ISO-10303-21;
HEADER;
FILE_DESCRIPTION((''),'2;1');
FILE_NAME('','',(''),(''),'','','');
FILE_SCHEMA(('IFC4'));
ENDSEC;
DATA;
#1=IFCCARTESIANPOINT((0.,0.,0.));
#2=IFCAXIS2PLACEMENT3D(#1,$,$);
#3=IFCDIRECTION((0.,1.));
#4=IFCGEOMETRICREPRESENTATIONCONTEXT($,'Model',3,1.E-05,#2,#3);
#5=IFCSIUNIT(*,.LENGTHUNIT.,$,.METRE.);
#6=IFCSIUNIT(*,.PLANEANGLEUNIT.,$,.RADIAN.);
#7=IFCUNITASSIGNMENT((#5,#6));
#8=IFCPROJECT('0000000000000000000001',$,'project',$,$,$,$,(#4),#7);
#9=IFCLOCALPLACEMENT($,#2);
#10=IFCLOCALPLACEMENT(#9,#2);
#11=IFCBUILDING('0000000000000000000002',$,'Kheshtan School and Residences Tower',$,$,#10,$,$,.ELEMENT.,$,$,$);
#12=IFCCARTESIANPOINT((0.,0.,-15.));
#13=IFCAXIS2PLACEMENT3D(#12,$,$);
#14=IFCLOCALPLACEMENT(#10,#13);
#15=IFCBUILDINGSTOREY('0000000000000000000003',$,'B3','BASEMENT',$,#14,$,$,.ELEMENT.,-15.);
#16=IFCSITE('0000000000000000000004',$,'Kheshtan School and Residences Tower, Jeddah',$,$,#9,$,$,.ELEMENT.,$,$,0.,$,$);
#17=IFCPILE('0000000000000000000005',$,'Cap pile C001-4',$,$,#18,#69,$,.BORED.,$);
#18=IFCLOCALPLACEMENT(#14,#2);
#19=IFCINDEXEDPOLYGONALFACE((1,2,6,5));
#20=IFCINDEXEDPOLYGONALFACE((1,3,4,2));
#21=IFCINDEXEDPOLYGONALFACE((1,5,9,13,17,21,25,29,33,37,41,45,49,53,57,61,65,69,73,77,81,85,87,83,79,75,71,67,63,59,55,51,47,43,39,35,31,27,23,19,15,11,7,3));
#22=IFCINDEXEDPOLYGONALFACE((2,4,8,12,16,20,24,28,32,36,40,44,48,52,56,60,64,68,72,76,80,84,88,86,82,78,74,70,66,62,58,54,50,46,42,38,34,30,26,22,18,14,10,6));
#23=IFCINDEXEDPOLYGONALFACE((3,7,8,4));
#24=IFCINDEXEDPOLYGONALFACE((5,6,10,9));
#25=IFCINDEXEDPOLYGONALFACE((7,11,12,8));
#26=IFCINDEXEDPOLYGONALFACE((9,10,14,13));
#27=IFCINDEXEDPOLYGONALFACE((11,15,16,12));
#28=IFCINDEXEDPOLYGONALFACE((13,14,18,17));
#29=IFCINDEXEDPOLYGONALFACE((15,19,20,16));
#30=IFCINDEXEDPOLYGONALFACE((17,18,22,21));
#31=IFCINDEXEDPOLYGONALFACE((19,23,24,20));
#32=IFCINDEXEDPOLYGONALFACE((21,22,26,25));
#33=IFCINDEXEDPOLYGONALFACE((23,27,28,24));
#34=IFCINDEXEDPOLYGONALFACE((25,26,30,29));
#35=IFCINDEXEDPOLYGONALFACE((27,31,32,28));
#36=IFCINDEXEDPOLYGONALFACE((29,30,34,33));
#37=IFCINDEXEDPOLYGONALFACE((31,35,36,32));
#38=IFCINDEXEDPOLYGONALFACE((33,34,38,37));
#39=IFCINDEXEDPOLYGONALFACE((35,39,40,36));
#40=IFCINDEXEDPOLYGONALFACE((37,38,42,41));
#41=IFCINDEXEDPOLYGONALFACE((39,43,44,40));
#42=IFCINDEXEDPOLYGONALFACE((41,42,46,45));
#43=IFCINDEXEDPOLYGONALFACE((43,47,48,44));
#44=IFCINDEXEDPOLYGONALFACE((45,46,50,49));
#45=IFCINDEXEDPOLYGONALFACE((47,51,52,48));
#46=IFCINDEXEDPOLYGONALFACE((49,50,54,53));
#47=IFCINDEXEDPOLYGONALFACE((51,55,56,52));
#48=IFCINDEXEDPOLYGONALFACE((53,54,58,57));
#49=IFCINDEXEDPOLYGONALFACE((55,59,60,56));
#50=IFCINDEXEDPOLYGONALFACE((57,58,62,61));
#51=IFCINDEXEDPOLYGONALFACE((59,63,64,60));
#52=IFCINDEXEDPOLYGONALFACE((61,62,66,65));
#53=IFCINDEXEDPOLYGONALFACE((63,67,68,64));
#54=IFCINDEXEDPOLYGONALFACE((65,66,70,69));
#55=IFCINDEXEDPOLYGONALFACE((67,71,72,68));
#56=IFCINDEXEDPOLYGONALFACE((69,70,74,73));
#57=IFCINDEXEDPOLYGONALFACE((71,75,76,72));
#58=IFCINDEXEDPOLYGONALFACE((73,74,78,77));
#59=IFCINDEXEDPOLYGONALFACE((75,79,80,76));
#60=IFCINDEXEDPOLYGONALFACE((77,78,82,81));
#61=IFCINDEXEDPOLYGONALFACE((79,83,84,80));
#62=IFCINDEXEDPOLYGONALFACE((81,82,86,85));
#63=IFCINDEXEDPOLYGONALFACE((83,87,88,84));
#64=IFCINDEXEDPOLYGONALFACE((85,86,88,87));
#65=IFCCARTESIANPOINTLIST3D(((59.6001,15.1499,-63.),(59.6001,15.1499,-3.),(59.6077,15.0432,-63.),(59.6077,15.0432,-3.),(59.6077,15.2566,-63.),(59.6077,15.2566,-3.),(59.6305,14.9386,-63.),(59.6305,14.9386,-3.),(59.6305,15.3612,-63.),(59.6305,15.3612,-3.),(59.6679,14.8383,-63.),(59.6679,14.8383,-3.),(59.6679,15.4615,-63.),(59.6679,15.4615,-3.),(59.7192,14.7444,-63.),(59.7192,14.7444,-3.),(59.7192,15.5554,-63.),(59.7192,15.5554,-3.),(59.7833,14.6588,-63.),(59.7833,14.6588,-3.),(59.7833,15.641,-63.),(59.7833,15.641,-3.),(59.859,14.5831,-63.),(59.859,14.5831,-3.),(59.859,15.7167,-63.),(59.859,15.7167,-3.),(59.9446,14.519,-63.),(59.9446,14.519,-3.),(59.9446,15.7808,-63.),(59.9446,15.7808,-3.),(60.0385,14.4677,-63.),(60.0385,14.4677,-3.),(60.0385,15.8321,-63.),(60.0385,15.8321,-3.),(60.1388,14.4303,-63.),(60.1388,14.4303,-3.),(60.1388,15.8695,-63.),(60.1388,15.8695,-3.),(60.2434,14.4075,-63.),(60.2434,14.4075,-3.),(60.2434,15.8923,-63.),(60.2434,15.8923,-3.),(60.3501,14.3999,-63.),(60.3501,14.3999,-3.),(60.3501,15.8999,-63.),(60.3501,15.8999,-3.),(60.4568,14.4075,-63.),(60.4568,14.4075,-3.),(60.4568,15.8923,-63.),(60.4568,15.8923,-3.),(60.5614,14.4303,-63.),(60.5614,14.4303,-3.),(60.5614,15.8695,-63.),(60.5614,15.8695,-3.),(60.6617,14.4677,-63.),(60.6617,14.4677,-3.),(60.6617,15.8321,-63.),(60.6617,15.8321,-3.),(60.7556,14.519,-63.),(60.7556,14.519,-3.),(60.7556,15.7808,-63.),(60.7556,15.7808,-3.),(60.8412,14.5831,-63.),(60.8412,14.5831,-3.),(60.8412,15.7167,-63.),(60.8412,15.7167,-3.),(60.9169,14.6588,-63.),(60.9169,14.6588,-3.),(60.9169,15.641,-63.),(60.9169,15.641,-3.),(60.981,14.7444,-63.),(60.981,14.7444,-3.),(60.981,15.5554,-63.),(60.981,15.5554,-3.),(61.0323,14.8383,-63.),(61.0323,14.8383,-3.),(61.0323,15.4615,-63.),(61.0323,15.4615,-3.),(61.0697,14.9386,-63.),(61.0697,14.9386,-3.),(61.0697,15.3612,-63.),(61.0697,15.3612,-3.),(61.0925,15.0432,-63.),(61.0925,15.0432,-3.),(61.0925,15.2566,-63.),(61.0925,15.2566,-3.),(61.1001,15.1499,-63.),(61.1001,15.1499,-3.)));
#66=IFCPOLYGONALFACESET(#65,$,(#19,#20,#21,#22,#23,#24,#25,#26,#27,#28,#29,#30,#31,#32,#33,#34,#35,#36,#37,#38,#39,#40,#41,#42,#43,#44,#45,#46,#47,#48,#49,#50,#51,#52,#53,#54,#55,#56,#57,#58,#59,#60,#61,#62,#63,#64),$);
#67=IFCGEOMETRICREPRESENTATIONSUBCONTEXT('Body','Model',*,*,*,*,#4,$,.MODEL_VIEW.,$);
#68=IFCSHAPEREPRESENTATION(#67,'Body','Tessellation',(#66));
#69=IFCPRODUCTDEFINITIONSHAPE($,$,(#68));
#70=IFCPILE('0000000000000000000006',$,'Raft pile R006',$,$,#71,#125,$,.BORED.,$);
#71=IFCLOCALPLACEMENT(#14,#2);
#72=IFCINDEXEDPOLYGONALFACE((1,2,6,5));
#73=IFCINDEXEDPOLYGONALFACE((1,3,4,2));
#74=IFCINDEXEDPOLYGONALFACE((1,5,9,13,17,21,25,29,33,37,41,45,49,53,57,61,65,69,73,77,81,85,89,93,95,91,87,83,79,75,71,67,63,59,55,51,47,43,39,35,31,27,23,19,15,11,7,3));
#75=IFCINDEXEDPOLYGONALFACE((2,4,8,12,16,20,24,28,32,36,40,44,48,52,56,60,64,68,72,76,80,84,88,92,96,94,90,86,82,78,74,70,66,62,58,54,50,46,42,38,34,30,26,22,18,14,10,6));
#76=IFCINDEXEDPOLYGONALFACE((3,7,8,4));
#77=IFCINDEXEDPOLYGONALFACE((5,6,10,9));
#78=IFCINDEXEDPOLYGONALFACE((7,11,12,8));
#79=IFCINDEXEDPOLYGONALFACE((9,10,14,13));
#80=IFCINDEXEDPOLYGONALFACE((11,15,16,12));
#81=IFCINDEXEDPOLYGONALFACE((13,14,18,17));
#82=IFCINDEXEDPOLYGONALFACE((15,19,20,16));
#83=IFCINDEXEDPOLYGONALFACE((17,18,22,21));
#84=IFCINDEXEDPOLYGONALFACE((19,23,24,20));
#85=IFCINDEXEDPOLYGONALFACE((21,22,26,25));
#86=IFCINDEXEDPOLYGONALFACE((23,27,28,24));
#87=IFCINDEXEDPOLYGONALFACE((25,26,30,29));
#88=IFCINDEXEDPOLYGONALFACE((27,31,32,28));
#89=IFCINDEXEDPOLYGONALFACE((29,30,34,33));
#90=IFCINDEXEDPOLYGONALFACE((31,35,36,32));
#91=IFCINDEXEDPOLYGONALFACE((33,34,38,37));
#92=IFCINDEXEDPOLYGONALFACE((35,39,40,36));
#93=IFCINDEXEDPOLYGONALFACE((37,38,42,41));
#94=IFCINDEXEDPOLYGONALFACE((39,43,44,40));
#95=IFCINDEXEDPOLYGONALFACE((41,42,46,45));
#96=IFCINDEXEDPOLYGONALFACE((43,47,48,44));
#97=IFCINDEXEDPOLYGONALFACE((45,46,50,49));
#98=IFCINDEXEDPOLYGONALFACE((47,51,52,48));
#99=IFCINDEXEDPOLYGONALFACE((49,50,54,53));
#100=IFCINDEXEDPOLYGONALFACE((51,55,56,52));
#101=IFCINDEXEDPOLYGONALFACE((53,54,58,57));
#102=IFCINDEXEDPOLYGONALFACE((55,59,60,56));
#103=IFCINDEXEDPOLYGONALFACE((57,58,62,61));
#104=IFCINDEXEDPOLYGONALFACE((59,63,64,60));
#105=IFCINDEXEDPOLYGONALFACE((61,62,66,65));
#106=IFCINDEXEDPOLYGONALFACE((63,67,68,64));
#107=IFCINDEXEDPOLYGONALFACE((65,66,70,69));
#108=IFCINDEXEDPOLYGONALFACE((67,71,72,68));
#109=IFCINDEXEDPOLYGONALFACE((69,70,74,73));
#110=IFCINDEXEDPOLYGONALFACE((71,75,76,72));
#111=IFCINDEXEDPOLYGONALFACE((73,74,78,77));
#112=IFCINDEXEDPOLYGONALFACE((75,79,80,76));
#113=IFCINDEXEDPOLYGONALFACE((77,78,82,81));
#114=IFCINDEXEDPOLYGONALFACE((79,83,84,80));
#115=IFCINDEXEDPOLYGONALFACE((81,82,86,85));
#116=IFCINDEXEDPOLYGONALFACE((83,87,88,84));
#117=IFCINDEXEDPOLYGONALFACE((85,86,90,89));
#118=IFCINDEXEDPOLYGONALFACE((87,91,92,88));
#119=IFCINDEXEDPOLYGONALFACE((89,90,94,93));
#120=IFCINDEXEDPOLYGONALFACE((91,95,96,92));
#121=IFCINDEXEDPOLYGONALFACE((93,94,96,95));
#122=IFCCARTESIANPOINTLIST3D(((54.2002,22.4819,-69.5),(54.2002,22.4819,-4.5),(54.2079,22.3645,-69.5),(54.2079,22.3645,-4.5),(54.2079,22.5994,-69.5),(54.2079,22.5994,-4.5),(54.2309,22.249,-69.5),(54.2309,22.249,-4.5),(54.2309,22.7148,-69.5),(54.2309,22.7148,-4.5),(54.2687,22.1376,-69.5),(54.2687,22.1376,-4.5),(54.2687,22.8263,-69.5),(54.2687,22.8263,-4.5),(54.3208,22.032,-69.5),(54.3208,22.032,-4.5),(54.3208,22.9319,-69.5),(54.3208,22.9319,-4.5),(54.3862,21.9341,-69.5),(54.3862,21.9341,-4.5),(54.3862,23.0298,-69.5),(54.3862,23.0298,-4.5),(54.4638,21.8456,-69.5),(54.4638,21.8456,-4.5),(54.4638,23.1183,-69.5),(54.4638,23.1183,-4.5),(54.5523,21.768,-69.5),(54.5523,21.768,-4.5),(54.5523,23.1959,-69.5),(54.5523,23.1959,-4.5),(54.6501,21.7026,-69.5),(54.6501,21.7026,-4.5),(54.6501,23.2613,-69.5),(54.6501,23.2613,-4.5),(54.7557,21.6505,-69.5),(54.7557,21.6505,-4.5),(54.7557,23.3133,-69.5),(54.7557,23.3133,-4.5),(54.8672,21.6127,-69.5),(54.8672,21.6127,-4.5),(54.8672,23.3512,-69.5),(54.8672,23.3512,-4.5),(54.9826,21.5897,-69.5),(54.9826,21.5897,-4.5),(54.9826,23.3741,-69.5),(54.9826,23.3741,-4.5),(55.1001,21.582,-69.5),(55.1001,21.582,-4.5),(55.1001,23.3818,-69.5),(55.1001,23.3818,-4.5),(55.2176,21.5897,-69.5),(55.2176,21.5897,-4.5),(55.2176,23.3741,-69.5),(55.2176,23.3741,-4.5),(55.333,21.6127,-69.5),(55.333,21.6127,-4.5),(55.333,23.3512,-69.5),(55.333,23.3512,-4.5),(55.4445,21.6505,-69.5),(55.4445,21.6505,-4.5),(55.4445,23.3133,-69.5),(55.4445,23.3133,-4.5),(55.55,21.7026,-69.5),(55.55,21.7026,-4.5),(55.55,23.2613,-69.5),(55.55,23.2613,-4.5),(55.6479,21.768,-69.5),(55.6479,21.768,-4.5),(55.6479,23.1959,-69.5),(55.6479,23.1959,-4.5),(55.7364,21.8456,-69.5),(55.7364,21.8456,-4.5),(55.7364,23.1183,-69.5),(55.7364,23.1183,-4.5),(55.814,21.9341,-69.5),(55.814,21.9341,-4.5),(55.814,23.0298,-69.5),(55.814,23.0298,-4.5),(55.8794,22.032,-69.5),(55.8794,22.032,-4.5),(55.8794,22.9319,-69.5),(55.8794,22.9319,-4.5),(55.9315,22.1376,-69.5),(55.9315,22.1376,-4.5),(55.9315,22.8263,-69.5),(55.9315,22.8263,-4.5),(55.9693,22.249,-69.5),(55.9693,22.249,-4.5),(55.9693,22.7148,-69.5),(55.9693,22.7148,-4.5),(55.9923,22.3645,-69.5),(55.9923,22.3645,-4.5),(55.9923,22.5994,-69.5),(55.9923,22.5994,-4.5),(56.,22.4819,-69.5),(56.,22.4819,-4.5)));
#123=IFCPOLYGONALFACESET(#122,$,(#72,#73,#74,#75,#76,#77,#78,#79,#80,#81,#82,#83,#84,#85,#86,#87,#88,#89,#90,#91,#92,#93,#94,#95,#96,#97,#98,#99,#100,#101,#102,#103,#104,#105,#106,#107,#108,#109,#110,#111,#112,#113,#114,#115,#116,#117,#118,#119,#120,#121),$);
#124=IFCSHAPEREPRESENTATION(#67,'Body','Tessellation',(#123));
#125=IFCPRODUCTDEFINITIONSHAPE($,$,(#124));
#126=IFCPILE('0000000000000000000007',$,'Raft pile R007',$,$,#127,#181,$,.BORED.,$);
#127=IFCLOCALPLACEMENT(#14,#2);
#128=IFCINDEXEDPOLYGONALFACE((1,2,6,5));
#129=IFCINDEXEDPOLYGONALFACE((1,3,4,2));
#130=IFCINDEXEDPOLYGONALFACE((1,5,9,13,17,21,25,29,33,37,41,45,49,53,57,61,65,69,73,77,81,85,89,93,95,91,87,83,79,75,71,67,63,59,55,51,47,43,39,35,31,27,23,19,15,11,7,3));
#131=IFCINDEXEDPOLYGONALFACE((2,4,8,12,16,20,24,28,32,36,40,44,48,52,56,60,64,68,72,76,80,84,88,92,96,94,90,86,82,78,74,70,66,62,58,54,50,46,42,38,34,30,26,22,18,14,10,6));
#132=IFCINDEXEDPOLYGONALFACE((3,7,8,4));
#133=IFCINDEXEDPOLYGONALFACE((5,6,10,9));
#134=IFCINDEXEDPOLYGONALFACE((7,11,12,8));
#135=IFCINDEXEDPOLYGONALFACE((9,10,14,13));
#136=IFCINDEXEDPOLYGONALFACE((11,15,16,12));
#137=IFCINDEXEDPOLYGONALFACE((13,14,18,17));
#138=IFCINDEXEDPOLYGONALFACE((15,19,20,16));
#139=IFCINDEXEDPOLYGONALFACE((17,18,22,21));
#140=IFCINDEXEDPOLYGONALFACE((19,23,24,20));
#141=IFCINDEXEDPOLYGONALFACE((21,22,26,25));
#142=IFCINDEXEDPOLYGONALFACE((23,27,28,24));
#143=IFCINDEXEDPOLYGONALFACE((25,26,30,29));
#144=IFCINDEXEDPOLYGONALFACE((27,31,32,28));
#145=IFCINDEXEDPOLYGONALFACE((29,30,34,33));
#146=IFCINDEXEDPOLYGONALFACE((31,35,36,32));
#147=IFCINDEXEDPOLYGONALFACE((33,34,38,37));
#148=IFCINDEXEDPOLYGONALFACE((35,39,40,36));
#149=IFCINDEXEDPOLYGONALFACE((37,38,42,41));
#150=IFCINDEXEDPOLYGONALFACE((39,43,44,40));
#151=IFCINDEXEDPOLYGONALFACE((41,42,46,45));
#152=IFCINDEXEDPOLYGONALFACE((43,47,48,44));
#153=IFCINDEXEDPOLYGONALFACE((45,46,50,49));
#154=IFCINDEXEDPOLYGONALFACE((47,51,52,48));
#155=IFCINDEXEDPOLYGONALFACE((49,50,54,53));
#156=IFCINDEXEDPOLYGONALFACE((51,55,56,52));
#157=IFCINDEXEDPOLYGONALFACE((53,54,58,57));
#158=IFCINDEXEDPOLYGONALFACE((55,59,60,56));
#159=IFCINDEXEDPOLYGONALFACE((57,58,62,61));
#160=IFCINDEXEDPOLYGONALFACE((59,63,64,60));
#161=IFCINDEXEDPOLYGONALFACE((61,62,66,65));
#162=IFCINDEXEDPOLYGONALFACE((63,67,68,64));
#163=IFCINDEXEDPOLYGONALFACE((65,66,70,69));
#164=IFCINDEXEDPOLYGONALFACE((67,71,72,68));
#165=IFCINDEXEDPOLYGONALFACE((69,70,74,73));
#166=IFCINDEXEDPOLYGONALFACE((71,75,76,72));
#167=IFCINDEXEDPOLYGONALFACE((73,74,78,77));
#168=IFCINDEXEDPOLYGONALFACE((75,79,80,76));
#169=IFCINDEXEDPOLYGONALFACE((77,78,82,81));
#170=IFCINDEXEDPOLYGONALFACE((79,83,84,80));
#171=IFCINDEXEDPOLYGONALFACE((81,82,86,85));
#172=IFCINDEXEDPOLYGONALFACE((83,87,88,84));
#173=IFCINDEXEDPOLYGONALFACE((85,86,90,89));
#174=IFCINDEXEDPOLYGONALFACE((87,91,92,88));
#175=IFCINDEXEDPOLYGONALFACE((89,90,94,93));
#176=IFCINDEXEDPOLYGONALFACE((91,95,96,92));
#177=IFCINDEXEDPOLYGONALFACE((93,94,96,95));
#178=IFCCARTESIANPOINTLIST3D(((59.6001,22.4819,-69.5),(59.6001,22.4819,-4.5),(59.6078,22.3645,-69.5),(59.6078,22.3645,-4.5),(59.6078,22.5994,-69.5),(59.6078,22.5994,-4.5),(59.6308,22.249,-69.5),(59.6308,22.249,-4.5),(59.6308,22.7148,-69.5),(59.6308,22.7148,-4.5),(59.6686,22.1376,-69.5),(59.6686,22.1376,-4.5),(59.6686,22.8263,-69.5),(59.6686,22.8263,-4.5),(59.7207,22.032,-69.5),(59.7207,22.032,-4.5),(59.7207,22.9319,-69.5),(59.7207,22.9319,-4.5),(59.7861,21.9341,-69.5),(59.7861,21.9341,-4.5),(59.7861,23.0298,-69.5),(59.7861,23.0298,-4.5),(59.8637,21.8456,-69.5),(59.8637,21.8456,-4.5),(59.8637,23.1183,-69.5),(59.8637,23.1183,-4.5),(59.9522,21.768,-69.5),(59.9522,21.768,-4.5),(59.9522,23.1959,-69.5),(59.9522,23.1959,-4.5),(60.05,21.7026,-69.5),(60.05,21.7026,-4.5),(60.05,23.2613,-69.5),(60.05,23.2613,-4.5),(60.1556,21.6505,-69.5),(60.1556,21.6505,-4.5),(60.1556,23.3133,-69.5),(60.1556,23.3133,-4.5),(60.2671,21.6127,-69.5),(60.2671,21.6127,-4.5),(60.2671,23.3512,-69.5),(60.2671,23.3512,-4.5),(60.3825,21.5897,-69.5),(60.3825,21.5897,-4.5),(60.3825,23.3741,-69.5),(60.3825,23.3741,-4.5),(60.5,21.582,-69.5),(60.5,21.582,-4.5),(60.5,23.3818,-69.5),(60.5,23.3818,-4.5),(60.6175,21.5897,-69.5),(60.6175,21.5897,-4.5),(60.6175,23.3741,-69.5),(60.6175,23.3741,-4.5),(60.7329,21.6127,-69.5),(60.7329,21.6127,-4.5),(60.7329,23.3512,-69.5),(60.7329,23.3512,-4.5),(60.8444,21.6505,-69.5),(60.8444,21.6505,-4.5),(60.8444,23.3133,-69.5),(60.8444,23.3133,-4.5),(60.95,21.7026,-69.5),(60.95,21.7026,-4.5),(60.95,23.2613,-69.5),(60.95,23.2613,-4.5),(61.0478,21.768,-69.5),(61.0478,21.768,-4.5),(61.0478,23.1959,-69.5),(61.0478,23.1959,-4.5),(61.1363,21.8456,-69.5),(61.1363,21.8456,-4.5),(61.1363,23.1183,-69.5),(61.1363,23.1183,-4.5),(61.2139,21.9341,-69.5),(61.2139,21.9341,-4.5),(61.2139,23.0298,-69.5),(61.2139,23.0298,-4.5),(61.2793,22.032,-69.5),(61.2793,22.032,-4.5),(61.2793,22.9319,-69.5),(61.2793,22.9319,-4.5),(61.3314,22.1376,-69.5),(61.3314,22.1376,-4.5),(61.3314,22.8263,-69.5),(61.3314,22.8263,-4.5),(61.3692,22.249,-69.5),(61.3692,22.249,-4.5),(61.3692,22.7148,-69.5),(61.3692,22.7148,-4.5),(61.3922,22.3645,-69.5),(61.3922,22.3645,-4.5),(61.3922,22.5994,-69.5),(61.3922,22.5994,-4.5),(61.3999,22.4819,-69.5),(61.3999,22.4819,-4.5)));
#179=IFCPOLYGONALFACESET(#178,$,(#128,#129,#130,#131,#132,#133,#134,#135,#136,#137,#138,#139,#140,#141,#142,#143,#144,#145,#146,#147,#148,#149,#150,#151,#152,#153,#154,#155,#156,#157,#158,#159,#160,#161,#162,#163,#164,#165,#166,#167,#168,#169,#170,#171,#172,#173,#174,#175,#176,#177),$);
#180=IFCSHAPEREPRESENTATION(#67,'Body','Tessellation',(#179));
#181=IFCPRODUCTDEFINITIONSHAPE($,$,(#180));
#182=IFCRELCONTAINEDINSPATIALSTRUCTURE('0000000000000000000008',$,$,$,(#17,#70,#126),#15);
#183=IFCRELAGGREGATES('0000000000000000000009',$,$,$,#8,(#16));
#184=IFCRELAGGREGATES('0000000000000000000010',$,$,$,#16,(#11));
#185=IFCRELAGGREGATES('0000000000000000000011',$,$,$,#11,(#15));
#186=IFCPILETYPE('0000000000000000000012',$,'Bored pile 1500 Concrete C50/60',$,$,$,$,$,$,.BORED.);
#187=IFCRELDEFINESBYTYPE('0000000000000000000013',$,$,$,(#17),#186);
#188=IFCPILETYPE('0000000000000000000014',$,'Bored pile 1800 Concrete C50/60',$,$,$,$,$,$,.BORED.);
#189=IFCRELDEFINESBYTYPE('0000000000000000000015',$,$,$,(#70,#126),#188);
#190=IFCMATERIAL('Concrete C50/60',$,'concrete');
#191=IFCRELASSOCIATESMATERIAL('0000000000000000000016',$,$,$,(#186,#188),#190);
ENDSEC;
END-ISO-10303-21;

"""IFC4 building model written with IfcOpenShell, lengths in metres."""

from ifc_helpers import new_model, si_unit, direction, frame, origin, origin_2d, place, context, subcontext, project, spatial, circle, extrude, material, material_profile, profile_set, type_object, element, save


model = new_model("IFC4")

# Units and contexts
model_context = context("Model", 3, precision=1e-05, world=origin(), true_north=direction((0.0, 1.0)))
body_context = subcontext(model_context, "Body", "Model", "MODEL_VIEW")
ifc_project = project(units=[si_unit("LENGTHUNIT", "METRE"), si_unit("PLANEANGLEUNIT", "RADIAN")], contexts=[model_context])

# Site, building, storey
site_placement = place(None, origin())
site = spatial("IfcSite", under=ifc_project, at=site_placement, Name="Kheshtan School and Residences Tower, Jeddah", CompositionType="ELEMENT", RefElevation=0.0)
building_placement = place(site_placement, origin())
building = spatial("IfcBuilding", under=site, at=building_placement, Name="Kheshtan School and Residences Tower", CompositionType="ELEMENT")
storey_placement = place(building_placement, frame((0.0, 0.0, -15.0)))
storey = spatial("IfcBuildingStorey", under=building, at=storey_placement, Name="B3", Description="BASEMENT", CompositionType="ELEMENT", Elevation=-15.0)

# Piles
ifc_material_1 = material(Name="Concrete C50/60", Category="concrete")
ifc_material_profile_1 = material_profile(ifc_material_1, circle(Radius=0.75, at=origin_2d()), Name="BP 1500")
ifc_profile_set_1 = profile_set([ifc_material_profile_1], Name="Concrete C50/60")
pile_type_1 = type_object("IfcPileType", Name="Bored pile 1500 Concrete C50/60", PredefinedType="BORED", material=ifc_profile_set_1)
for number, where, z_axis, x_axis, name in (
    (1, (60.3501, 15.1499, -3.0), (0.0, 0.0, -1.0), (1.0, 0.0, 0.0), "Cap pile C001-4"),
):
    element("IfcPile", number, at=place(storey_placement, frame(where, z_axis=z_axis, x_axis=x_axis)), inside=storey, type_object=pile_type_1, Name=name, PredefinedType="BORED", context=body_context, shape_type="SweptSolid", body=[
        extrude(circle(Radius=0.75, at=origin_2d()), origin(), (0.0, 0.0, 1.0), 60.0),
    ])
ifc_material_profile_2 = material_profile(ifc_material_1, circle(Radius=0.8999, at=origin_2d()), Name="BP 1800")
ifc_profile_set_2 = profile_set([ifc_material_profile_2], Name="Concrete C50/60")
pile_type_2 = type_object("IfcPileType", Name="Bored pile 1800 Concrete C50/60", PredefinedType="BORED", material=ifc_profile_set_2)
for number, where, z_axis, x_axis, name in (
    (2, (55.1001, 22.4819, -4.5), (0.0, 0.0, -1.0), (1.0, 0.0, 0.0), "Raft pile R006"),
    (3, (60.5, 22.4819, -4.5), (0.0, 0.0, -1.0), (1.0, 0.0, 0.0), "Raft pile R007"),
):
    element("IfcPile", number, at=place(storey_placement, frame(where, z_axis=z_axis, x_axis=x_axis)), inside=storey, type_object=pile_type_2, Name=name, PredefinedType="BORED", context=body_context, shape_type="SweptSolid", body=[
        extrude(circle(Radius=0.8999, at=origin_2d()), origin(), (0.0, 0.0, 1.0), 65.0),
    ])

save(model, "model.ifc")
